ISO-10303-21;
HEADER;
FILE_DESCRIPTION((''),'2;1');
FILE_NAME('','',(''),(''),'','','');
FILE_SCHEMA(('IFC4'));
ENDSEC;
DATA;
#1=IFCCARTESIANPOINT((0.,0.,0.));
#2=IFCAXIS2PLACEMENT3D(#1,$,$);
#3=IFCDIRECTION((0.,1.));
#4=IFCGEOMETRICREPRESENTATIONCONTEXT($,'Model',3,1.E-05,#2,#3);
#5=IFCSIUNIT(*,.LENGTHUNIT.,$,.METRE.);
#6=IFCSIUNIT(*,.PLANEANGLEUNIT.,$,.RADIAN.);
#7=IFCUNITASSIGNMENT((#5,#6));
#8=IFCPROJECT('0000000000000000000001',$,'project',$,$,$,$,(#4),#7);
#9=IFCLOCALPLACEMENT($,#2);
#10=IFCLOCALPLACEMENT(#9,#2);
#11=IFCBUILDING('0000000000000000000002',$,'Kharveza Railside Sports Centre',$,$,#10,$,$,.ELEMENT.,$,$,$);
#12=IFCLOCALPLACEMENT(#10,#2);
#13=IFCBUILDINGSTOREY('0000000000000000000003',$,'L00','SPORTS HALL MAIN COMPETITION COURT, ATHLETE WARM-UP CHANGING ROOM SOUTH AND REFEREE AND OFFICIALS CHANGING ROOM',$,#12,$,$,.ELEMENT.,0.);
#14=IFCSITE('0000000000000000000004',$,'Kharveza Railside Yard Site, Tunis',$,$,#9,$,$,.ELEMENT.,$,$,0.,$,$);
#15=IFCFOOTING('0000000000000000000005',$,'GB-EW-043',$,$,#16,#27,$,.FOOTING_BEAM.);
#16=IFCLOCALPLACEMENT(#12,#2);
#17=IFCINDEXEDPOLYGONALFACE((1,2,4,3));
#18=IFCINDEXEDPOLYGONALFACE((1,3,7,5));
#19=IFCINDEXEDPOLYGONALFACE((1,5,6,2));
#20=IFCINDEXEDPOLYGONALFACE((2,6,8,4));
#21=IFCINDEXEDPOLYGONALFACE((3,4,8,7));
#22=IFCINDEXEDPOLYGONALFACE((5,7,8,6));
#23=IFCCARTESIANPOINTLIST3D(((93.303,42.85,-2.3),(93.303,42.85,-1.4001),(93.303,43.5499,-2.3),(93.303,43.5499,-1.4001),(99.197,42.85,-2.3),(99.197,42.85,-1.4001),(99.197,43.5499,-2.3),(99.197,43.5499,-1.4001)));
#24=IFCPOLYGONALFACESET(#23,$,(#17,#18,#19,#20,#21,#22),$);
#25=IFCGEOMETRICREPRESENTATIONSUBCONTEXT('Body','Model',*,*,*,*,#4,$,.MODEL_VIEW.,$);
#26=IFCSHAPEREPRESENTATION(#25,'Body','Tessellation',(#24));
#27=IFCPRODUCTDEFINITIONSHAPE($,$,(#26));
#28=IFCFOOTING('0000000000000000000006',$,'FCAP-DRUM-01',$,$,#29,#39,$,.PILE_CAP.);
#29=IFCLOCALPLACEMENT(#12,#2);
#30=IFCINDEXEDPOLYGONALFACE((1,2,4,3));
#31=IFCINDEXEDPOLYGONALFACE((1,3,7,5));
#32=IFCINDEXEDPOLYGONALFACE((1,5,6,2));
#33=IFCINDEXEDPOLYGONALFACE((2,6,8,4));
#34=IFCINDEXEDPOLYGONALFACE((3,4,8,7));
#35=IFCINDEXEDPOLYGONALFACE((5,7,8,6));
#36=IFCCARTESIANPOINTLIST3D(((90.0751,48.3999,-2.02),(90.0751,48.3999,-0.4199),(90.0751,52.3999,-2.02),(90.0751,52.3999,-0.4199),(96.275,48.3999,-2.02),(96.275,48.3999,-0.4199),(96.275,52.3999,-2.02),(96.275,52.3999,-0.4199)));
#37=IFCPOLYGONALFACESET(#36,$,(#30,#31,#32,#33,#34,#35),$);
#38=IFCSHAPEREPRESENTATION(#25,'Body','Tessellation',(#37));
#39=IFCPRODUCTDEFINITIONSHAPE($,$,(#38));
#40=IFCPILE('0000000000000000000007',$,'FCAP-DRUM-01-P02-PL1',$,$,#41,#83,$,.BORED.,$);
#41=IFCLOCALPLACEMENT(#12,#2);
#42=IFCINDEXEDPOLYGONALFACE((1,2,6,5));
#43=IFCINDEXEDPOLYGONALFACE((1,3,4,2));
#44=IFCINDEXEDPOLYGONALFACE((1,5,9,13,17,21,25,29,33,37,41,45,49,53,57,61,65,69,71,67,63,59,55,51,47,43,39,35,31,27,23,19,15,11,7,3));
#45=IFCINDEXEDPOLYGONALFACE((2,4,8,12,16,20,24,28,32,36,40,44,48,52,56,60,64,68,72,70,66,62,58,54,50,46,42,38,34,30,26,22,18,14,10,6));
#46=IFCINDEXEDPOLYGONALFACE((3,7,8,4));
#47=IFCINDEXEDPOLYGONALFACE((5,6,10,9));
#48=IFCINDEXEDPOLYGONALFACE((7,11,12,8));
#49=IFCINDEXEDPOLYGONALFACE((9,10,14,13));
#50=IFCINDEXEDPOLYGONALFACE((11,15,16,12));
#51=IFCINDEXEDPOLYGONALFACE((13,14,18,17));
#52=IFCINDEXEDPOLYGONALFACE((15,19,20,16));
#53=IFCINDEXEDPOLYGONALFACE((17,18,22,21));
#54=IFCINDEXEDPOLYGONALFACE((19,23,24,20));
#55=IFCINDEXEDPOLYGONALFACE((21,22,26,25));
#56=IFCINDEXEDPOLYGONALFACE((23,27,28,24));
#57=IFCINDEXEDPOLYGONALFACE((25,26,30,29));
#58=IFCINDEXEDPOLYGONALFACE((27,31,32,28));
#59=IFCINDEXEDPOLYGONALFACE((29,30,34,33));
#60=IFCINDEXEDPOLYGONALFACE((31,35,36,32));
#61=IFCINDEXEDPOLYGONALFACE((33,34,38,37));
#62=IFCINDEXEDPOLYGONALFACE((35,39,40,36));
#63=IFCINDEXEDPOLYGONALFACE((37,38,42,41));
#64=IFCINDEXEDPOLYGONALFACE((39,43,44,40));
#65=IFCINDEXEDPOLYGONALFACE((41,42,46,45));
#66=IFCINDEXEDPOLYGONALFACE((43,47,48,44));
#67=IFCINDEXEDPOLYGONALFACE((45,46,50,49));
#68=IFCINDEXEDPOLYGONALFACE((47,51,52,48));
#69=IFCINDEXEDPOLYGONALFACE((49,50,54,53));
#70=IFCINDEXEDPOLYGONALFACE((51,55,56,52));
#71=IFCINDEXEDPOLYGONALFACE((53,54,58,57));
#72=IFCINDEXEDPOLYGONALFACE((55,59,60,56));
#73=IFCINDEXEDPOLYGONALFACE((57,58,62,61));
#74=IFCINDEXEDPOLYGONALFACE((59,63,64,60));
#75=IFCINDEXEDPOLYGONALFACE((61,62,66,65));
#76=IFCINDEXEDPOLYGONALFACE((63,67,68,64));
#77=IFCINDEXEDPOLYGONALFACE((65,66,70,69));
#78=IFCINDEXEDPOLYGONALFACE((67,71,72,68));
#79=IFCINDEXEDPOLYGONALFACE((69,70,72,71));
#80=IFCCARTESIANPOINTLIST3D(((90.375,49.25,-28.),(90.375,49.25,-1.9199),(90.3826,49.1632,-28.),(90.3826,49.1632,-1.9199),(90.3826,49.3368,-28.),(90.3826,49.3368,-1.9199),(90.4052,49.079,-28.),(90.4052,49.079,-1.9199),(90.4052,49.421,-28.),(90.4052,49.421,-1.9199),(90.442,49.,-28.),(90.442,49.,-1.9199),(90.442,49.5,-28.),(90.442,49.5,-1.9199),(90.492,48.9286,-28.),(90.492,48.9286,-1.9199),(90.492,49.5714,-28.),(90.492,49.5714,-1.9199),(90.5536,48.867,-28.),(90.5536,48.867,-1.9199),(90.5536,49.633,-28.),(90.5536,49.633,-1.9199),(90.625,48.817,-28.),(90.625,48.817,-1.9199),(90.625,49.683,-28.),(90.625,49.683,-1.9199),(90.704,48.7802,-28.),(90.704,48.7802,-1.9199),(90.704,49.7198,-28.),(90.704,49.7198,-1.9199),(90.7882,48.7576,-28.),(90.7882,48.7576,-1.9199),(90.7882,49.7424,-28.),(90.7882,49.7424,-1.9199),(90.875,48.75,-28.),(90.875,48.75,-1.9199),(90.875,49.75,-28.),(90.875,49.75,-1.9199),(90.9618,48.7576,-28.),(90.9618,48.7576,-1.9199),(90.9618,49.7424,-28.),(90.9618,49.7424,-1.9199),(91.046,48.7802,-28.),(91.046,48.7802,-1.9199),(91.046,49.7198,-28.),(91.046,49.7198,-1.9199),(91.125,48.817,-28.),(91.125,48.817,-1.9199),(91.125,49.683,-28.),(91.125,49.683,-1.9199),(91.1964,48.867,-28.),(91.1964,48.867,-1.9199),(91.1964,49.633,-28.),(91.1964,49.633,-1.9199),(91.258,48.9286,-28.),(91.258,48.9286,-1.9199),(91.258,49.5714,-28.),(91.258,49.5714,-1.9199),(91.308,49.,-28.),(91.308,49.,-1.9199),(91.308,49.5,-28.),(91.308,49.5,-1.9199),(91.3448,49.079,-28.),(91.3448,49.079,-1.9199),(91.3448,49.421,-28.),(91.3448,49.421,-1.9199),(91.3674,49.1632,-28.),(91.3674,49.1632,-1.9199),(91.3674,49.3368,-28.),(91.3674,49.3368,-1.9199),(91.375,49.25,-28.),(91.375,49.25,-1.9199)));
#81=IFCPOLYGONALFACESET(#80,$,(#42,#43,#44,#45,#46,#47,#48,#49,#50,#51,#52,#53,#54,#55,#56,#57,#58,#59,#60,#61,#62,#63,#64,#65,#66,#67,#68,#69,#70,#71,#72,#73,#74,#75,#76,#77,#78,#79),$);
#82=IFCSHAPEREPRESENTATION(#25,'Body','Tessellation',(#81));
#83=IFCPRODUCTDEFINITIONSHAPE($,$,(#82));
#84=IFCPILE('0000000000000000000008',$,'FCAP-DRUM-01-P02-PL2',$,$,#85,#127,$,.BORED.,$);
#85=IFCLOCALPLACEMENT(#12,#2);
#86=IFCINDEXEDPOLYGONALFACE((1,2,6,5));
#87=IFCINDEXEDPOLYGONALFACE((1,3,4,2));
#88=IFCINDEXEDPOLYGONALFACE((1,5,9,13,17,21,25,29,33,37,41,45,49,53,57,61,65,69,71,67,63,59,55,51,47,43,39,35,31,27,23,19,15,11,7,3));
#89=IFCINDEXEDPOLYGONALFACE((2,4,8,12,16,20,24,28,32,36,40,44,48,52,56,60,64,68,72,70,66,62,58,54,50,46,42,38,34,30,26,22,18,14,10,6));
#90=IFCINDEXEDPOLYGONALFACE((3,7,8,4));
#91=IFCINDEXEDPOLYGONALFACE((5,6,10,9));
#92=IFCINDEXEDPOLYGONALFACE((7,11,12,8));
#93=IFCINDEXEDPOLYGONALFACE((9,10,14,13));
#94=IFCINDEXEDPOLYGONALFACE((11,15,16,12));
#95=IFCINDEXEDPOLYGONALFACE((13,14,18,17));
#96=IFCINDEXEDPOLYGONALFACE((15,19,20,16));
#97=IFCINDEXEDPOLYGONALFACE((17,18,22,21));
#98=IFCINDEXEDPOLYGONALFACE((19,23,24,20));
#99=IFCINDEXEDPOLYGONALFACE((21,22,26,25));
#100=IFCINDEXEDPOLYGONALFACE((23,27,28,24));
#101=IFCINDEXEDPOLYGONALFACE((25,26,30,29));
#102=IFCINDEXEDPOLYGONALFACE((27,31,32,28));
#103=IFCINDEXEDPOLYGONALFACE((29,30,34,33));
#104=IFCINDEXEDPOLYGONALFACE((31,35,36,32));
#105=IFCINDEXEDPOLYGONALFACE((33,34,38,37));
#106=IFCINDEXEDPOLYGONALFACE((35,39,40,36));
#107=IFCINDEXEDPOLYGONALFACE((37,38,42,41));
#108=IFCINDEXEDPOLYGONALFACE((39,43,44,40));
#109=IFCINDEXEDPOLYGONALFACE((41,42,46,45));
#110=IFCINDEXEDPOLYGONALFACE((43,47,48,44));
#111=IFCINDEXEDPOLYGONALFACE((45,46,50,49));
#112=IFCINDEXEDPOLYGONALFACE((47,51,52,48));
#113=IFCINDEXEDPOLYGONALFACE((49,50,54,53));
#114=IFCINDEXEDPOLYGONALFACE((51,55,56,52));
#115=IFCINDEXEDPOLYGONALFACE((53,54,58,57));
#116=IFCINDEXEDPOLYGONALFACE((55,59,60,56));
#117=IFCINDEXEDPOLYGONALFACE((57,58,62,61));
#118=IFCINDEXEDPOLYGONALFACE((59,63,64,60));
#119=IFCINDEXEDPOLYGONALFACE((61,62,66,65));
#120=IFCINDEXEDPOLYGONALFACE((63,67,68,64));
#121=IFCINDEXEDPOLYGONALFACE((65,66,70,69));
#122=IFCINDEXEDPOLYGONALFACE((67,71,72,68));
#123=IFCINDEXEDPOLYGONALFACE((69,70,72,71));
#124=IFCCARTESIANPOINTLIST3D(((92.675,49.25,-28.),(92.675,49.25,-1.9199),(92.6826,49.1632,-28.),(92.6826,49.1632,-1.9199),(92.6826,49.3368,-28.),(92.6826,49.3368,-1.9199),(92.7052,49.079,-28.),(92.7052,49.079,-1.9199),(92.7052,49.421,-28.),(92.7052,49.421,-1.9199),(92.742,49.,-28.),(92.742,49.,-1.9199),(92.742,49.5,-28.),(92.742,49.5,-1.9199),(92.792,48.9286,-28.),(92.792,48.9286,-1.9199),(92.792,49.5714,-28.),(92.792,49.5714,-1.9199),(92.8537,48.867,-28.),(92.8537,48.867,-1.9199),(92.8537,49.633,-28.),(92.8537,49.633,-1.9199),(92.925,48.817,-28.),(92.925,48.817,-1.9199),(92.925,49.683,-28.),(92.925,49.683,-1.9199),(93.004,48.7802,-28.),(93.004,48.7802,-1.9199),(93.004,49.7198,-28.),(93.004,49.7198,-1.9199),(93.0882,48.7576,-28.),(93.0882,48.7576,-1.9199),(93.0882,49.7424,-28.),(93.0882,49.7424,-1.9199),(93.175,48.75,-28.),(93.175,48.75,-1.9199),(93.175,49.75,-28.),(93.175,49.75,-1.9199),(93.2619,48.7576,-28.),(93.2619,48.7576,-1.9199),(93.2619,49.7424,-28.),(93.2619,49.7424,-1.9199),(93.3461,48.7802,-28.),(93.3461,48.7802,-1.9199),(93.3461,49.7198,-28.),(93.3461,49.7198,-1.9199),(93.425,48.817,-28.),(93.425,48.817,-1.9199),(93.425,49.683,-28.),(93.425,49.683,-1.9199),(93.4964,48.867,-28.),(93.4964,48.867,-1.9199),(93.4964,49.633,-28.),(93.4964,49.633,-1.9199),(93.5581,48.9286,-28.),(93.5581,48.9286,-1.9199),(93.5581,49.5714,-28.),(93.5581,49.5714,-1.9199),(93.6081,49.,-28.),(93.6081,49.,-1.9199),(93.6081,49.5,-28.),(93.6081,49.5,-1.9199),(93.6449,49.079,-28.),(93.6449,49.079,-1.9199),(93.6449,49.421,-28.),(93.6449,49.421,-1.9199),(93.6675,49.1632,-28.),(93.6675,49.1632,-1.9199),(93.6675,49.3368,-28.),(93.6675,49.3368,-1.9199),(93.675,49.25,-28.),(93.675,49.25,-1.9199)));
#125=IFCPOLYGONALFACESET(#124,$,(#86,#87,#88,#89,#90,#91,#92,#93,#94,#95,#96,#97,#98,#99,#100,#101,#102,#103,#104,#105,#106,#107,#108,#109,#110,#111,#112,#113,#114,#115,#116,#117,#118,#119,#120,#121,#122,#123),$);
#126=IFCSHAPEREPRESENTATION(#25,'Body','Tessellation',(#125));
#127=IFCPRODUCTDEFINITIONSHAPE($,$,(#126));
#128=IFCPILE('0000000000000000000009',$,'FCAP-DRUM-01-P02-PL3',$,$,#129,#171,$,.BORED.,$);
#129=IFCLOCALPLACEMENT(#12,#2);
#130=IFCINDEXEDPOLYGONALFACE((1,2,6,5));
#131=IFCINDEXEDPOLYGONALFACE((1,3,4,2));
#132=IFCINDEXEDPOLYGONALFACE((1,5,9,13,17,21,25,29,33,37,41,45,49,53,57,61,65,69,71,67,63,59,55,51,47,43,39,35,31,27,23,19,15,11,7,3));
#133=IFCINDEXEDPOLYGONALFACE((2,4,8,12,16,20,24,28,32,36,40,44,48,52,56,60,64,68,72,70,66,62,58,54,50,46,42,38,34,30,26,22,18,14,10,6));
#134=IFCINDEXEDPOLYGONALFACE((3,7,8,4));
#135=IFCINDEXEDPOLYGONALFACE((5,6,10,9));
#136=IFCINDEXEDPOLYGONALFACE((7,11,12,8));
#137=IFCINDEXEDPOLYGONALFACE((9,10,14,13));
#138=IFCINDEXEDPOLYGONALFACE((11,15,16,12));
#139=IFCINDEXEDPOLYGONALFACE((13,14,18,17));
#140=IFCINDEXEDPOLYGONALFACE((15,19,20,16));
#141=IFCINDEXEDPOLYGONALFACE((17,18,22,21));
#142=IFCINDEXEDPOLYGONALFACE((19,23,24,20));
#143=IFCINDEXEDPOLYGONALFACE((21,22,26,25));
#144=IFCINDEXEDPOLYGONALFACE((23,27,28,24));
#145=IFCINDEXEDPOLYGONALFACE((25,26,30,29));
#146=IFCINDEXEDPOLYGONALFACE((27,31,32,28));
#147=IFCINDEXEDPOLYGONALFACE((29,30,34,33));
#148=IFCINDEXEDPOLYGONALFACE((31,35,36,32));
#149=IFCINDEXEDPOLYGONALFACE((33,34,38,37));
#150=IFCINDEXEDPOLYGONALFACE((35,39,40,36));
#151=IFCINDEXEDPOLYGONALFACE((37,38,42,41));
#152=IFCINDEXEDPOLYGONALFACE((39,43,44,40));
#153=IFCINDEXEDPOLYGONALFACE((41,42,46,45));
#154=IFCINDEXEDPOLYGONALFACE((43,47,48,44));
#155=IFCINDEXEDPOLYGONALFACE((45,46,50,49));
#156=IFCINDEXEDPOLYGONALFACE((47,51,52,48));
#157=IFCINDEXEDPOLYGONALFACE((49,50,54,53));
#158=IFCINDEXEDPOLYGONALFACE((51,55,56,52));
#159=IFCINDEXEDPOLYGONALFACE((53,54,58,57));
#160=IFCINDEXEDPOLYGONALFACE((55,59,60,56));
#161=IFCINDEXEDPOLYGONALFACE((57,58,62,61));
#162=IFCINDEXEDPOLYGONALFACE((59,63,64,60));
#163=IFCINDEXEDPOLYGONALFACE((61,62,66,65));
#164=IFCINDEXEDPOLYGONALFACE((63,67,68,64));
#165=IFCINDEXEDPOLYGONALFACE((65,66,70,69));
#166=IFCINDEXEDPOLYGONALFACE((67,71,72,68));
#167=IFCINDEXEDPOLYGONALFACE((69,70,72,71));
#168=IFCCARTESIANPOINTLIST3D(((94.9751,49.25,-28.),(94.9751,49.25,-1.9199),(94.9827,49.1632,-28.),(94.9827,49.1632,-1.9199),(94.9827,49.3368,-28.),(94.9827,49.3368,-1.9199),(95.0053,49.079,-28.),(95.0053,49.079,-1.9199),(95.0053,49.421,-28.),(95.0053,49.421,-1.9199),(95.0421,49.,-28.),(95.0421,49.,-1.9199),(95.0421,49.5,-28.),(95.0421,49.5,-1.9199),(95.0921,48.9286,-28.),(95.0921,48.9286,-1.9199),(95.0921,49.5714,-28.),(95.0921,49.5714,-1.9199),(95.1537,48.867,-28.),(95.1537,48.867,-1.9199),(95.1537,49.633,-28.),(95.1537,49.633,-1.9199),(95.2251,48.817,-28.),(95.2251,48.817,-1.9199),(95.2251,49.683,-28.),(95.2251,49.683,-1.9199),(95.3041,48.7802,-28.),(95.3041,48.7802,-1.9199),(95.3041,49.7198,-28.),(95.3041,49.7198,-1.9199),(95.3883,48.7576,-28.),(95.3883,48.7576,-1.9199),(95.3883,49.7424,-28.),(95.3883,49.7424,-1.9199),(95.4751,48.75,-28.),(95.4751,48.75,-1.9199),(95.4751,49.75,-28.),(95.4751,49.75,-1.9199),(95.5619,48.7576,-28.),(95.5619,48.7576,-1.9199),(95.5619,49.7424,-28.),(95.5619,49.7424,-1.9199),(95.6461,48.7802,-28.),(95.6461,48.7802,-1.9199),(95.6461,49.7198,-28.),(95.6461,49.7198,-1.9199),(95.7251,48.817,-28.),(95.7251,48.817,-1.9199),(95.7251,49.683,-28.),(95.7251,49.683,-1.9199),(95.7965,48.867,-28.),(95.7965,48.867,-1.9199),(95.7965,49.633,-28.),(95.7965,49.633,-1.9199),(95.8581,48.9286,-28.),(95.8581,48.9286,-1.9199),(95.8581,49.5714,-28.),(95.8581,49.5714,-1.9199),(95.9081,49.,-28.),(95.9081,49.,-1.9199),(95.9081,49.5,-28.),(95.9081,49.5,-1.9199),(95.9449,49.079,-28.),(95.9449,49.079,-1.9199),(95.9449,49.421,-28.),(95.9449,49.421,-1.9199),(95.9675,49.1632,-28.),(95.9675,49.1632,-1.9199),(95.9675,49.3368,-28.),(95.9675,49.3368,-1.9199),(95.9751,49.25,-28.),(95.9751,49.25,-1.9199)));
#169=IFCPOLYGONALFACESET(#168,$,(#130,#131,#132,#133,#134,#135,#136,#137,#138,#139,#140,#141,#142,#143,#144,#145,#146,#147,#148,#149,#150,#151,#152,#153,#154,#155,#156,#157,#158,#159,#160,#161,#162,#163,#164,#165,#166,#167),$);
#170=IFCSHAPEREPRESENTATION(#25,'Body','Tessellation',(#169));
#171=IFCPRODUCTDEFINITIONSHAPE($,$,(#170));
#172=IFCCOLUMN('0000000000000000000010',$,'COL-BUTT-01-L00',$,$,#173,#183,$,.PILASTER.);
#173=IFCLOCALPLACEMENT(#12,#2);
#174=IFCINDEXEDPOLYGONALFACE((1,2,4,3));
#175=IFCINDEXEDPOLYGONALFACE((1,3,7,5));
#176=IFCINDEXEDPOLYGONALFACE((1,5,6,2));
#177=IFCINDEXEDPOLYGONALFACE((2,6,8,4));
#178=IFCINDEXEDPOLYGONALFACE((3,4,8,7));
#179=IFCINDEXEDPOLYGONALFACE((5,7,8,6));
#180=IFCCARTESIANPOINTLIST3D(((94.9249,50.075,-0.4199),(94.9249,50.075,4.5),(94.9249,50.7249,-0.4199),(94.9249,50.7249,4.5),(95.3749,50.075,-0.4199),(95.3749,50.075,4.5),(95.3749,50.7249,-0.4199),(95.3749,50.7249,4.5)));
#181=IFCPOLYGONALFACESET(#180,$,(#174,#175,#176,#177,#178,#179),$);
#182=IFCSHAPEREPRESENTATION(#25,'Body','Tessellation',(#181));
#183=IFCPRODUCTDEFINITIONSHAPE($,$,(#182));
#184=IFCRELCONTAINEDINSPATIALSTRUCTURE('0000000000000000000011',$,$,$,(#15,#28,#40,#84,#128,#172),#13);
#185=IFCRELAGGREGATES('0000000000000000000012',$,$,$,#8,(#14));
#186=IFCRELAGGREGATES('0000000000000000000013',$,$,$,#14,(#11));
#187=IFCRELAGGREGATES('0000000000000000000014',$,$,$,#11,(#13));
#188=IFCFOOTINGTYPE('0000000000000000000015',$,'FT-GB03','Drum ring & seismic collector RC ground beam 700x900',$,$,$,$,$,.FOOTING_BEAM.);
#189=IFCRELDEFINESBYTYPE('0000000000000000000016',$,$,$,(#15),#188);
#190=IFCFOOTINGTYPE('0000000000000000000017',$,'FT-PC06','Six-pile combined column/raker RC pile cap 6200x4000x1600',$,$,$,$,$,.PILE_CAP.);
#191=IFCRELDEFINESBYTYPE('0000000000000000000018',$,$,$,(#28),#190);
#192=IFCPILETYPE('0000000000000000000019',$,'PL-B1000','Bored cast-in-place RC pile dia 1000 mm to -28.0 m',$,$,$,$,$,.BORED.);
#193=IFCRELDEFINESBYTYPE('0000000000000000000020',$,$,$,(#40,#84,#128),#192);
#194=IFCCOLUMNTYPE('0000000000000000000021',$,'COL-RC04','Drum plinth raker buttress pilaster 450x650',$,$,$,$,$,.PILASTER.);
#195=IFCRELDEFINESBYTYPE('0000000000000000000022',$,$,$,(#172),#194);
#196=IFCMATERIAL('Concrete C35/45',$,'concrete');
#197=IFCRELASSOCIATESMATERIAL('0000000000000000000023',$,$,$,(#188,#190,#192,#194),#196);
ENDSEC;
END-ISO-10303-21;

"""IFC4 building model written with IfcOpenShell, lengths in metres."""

from ifc_helpers import new_model, si_unit, direction, frame, origin, origin_2d, place, context, subcontext, project, spatial, rectangle, circle, extrude, material, material_profile, profile_set, type_object, element, save


model = new_model("IFC4")

# Units and contexts
model_context = context("Model", 3, precision=1e-05, world=origin(), true_north=direction((0.0, 1.0)))
body_context = subcontext(model_context, "Body", "Model", "MODEL_VIEW")
ifc_project = project(units=[si_unit("LENGTHUNIT", "METRE"), si_unit("PLANEANGLEUNIT", "RADIAN")], contexts=[model_context])

# Site, building, storey
site_placement = place(None, origin())
site = spatial("IfcSite", under=ifc_project, at=site_placement, Name="Kharveza Railside Yard Site, Tunis", CompositionType="ELEMENT", RefElevation=0.0)
building_placement = place(site_placement, origin())
building = spatial("IfcBuilding", under=site, at=building_placement, Name="Kharveza Railside Sports Centre", CompositionType="ELEMENT")
storey_placement = place(building_placement, origin())
storey = spatial("IfcBuildingStorey", under=building, at=storey_placement, Name="L00", Description="SPORTS HALL MAIN COMPETITION COURT, ATHLETE WARM-UP CHANGING ROOM SOUTH AND REFEREE AND OFFICIALS CHANGING ROOM", CompositionType="ELEMENT", Elevation=0.0)

# Footings
ifc_material_1 = material(Name="Concrete C35/45", Category="concrete")
ifc_material_profile_1 = material_profile(ifc_material_1, rectangle(XDim=0.7, YDim=0.8999, at=origin_2d()), Name="GB 700x900")
ifc_profile_set_1 = profile_set([ifc_material_profile_1], Name="Concrete C35/45")
footing_type_1 = type_object("IfcFootingType", Name="FT-GB03", Description="Drum ring & seismic collector RC ground beam 700x900", PredefinedType="FOOTING_BEAM", material=ifc_profile_set_1)
footing_1_placement = place(storey_placement, frame((93.303, 43.2, -1.8501), z_axis=(1.0, 0.0, 0.0), x_axis=(0.0, 1.0, 0.0)))
element("IfcFooting", 1, at=footing_1_placement, inside=storey, type_object=footing_type_1, Name="GB-EW-043", PredefinedType="FOOTING_BEAM", context=body_context, shape_type="SweptSolid", body=[
    extrude(rectangle(XDim=0.7, YDim=0.8999, at=origin_2d()), origin(), (0.0, 0.0, 1.0), 5.894),
])
footing_type_2 = type_object("IfcFootingType", Name="FT-PC06", Description="Six-pile combined column/raker RC pile cap 6200x4000x1600", PredefinedType="PILE_CAP", material=ifc_material_1)
footing_2_placement = place(storey_placement, frame((93.175, 50.3999, -2.02), z_axis=(0.0, 0.0, 1.0), x_axis=(1.0, 0.0, 0.0)))
element("IfcFooting", 2, at=footing_2_placement, inside=storey, type_object=footing_type_2, Name="FCAP-DRUM-01", PredefinedType="PILE_CAP", context=body_context, shape_type="SweptSolid", body=[
    extrude(rectangle(XDim=6.2, YDim=4.0, at=origin_2d()), origin(), (0.0, 0.0, 1.0), 1.6001),
])

# Piles
ifc_material_profile_2 = material_profile(ifc_material_1, circle(Radius=0.5, at=origin_2d()), Name="PILE D1000")
ifc_profile_set_2 = profile_set([ifc_material_profile_2], Name="Concrete C35/45")
pile_type = type_object("IfcPileType", Name="PL-B1000", Description="Bored cast-in-place RC pile dia 1000 mm to -28.0 m", PredefinedType="BORED", material=ifc_profile_set_2)
for number, where, z_axis, x_axis, name in (
    (3, (90.875, 49.25, -1.9199), (0.0, 0.0, -1.0), (1.0, 0.0, 0.0), "FCAP-DRUM-01-P02-PL1"),
    (4, (93.175, 49.25, -1.9199), (0.0, 0.0, -1.0), (1.0, 0.0, 0.0), "FCAP-DRUM-01-P02-PL2"),
    (5, (95.4751, 49.25, -1.9199), (0.0, 0.0, -1.0), (1.0, 0.0, 0.0), "FCAP-DRUM-01-P02-PL3"),
):
    element("IfcPile", number, at=place(storey_placement, frame(where, z_axis=z_axis, x_axis=x_axis)), inside=storey, type_object=pile_type, Name=name, PredefinedType="BORED", context=body_context, shape_type="SweptSolid", body=[
        extrude(circle(Radius=0.5, at=origin_2d()), origin(), (0.0, 0.0, 1.0), 26.0801),
    ])

# Column
ifc_material_profile_3 = material_profile(ifc_material_1, rectangle(XDim=0.45, YDim=0.6499, at=origin_2d()), Name="RC 450x650")
ifc_profile_set_3 = profile_set([ifc_material_profile_3], Name="Concrete C35/45")
column_type_1 = type_object("IfcColumnType", Name="COL-RC04", Description="Drum plinth raker buttress pilaster 450x650", PredefinedType="PILASTER", material=ifc_profile_set_3)
column_1_placement = place(storey_placement, frame((95.1499, 50.3999, -0.4199), z_axis=(0.0, 0.0, 1.0), x_axis=(1.0, 0.0, 0.0)))
element("IfcColumn", 6, at=column_1_placement, inside=storey, type_object=column_type_1, Name="COL-BUTT-01-L00", PredefinedType="PILASTER", context=body_context, shape_type="SweptSolid", body=[
    extrude(rectangle(XDim=0.45, YDim=0.6499, at=origin_2d()), origin(), (0.0, 0.0, 1.0), 4.9199),
])

save(model, "model.ifc")
